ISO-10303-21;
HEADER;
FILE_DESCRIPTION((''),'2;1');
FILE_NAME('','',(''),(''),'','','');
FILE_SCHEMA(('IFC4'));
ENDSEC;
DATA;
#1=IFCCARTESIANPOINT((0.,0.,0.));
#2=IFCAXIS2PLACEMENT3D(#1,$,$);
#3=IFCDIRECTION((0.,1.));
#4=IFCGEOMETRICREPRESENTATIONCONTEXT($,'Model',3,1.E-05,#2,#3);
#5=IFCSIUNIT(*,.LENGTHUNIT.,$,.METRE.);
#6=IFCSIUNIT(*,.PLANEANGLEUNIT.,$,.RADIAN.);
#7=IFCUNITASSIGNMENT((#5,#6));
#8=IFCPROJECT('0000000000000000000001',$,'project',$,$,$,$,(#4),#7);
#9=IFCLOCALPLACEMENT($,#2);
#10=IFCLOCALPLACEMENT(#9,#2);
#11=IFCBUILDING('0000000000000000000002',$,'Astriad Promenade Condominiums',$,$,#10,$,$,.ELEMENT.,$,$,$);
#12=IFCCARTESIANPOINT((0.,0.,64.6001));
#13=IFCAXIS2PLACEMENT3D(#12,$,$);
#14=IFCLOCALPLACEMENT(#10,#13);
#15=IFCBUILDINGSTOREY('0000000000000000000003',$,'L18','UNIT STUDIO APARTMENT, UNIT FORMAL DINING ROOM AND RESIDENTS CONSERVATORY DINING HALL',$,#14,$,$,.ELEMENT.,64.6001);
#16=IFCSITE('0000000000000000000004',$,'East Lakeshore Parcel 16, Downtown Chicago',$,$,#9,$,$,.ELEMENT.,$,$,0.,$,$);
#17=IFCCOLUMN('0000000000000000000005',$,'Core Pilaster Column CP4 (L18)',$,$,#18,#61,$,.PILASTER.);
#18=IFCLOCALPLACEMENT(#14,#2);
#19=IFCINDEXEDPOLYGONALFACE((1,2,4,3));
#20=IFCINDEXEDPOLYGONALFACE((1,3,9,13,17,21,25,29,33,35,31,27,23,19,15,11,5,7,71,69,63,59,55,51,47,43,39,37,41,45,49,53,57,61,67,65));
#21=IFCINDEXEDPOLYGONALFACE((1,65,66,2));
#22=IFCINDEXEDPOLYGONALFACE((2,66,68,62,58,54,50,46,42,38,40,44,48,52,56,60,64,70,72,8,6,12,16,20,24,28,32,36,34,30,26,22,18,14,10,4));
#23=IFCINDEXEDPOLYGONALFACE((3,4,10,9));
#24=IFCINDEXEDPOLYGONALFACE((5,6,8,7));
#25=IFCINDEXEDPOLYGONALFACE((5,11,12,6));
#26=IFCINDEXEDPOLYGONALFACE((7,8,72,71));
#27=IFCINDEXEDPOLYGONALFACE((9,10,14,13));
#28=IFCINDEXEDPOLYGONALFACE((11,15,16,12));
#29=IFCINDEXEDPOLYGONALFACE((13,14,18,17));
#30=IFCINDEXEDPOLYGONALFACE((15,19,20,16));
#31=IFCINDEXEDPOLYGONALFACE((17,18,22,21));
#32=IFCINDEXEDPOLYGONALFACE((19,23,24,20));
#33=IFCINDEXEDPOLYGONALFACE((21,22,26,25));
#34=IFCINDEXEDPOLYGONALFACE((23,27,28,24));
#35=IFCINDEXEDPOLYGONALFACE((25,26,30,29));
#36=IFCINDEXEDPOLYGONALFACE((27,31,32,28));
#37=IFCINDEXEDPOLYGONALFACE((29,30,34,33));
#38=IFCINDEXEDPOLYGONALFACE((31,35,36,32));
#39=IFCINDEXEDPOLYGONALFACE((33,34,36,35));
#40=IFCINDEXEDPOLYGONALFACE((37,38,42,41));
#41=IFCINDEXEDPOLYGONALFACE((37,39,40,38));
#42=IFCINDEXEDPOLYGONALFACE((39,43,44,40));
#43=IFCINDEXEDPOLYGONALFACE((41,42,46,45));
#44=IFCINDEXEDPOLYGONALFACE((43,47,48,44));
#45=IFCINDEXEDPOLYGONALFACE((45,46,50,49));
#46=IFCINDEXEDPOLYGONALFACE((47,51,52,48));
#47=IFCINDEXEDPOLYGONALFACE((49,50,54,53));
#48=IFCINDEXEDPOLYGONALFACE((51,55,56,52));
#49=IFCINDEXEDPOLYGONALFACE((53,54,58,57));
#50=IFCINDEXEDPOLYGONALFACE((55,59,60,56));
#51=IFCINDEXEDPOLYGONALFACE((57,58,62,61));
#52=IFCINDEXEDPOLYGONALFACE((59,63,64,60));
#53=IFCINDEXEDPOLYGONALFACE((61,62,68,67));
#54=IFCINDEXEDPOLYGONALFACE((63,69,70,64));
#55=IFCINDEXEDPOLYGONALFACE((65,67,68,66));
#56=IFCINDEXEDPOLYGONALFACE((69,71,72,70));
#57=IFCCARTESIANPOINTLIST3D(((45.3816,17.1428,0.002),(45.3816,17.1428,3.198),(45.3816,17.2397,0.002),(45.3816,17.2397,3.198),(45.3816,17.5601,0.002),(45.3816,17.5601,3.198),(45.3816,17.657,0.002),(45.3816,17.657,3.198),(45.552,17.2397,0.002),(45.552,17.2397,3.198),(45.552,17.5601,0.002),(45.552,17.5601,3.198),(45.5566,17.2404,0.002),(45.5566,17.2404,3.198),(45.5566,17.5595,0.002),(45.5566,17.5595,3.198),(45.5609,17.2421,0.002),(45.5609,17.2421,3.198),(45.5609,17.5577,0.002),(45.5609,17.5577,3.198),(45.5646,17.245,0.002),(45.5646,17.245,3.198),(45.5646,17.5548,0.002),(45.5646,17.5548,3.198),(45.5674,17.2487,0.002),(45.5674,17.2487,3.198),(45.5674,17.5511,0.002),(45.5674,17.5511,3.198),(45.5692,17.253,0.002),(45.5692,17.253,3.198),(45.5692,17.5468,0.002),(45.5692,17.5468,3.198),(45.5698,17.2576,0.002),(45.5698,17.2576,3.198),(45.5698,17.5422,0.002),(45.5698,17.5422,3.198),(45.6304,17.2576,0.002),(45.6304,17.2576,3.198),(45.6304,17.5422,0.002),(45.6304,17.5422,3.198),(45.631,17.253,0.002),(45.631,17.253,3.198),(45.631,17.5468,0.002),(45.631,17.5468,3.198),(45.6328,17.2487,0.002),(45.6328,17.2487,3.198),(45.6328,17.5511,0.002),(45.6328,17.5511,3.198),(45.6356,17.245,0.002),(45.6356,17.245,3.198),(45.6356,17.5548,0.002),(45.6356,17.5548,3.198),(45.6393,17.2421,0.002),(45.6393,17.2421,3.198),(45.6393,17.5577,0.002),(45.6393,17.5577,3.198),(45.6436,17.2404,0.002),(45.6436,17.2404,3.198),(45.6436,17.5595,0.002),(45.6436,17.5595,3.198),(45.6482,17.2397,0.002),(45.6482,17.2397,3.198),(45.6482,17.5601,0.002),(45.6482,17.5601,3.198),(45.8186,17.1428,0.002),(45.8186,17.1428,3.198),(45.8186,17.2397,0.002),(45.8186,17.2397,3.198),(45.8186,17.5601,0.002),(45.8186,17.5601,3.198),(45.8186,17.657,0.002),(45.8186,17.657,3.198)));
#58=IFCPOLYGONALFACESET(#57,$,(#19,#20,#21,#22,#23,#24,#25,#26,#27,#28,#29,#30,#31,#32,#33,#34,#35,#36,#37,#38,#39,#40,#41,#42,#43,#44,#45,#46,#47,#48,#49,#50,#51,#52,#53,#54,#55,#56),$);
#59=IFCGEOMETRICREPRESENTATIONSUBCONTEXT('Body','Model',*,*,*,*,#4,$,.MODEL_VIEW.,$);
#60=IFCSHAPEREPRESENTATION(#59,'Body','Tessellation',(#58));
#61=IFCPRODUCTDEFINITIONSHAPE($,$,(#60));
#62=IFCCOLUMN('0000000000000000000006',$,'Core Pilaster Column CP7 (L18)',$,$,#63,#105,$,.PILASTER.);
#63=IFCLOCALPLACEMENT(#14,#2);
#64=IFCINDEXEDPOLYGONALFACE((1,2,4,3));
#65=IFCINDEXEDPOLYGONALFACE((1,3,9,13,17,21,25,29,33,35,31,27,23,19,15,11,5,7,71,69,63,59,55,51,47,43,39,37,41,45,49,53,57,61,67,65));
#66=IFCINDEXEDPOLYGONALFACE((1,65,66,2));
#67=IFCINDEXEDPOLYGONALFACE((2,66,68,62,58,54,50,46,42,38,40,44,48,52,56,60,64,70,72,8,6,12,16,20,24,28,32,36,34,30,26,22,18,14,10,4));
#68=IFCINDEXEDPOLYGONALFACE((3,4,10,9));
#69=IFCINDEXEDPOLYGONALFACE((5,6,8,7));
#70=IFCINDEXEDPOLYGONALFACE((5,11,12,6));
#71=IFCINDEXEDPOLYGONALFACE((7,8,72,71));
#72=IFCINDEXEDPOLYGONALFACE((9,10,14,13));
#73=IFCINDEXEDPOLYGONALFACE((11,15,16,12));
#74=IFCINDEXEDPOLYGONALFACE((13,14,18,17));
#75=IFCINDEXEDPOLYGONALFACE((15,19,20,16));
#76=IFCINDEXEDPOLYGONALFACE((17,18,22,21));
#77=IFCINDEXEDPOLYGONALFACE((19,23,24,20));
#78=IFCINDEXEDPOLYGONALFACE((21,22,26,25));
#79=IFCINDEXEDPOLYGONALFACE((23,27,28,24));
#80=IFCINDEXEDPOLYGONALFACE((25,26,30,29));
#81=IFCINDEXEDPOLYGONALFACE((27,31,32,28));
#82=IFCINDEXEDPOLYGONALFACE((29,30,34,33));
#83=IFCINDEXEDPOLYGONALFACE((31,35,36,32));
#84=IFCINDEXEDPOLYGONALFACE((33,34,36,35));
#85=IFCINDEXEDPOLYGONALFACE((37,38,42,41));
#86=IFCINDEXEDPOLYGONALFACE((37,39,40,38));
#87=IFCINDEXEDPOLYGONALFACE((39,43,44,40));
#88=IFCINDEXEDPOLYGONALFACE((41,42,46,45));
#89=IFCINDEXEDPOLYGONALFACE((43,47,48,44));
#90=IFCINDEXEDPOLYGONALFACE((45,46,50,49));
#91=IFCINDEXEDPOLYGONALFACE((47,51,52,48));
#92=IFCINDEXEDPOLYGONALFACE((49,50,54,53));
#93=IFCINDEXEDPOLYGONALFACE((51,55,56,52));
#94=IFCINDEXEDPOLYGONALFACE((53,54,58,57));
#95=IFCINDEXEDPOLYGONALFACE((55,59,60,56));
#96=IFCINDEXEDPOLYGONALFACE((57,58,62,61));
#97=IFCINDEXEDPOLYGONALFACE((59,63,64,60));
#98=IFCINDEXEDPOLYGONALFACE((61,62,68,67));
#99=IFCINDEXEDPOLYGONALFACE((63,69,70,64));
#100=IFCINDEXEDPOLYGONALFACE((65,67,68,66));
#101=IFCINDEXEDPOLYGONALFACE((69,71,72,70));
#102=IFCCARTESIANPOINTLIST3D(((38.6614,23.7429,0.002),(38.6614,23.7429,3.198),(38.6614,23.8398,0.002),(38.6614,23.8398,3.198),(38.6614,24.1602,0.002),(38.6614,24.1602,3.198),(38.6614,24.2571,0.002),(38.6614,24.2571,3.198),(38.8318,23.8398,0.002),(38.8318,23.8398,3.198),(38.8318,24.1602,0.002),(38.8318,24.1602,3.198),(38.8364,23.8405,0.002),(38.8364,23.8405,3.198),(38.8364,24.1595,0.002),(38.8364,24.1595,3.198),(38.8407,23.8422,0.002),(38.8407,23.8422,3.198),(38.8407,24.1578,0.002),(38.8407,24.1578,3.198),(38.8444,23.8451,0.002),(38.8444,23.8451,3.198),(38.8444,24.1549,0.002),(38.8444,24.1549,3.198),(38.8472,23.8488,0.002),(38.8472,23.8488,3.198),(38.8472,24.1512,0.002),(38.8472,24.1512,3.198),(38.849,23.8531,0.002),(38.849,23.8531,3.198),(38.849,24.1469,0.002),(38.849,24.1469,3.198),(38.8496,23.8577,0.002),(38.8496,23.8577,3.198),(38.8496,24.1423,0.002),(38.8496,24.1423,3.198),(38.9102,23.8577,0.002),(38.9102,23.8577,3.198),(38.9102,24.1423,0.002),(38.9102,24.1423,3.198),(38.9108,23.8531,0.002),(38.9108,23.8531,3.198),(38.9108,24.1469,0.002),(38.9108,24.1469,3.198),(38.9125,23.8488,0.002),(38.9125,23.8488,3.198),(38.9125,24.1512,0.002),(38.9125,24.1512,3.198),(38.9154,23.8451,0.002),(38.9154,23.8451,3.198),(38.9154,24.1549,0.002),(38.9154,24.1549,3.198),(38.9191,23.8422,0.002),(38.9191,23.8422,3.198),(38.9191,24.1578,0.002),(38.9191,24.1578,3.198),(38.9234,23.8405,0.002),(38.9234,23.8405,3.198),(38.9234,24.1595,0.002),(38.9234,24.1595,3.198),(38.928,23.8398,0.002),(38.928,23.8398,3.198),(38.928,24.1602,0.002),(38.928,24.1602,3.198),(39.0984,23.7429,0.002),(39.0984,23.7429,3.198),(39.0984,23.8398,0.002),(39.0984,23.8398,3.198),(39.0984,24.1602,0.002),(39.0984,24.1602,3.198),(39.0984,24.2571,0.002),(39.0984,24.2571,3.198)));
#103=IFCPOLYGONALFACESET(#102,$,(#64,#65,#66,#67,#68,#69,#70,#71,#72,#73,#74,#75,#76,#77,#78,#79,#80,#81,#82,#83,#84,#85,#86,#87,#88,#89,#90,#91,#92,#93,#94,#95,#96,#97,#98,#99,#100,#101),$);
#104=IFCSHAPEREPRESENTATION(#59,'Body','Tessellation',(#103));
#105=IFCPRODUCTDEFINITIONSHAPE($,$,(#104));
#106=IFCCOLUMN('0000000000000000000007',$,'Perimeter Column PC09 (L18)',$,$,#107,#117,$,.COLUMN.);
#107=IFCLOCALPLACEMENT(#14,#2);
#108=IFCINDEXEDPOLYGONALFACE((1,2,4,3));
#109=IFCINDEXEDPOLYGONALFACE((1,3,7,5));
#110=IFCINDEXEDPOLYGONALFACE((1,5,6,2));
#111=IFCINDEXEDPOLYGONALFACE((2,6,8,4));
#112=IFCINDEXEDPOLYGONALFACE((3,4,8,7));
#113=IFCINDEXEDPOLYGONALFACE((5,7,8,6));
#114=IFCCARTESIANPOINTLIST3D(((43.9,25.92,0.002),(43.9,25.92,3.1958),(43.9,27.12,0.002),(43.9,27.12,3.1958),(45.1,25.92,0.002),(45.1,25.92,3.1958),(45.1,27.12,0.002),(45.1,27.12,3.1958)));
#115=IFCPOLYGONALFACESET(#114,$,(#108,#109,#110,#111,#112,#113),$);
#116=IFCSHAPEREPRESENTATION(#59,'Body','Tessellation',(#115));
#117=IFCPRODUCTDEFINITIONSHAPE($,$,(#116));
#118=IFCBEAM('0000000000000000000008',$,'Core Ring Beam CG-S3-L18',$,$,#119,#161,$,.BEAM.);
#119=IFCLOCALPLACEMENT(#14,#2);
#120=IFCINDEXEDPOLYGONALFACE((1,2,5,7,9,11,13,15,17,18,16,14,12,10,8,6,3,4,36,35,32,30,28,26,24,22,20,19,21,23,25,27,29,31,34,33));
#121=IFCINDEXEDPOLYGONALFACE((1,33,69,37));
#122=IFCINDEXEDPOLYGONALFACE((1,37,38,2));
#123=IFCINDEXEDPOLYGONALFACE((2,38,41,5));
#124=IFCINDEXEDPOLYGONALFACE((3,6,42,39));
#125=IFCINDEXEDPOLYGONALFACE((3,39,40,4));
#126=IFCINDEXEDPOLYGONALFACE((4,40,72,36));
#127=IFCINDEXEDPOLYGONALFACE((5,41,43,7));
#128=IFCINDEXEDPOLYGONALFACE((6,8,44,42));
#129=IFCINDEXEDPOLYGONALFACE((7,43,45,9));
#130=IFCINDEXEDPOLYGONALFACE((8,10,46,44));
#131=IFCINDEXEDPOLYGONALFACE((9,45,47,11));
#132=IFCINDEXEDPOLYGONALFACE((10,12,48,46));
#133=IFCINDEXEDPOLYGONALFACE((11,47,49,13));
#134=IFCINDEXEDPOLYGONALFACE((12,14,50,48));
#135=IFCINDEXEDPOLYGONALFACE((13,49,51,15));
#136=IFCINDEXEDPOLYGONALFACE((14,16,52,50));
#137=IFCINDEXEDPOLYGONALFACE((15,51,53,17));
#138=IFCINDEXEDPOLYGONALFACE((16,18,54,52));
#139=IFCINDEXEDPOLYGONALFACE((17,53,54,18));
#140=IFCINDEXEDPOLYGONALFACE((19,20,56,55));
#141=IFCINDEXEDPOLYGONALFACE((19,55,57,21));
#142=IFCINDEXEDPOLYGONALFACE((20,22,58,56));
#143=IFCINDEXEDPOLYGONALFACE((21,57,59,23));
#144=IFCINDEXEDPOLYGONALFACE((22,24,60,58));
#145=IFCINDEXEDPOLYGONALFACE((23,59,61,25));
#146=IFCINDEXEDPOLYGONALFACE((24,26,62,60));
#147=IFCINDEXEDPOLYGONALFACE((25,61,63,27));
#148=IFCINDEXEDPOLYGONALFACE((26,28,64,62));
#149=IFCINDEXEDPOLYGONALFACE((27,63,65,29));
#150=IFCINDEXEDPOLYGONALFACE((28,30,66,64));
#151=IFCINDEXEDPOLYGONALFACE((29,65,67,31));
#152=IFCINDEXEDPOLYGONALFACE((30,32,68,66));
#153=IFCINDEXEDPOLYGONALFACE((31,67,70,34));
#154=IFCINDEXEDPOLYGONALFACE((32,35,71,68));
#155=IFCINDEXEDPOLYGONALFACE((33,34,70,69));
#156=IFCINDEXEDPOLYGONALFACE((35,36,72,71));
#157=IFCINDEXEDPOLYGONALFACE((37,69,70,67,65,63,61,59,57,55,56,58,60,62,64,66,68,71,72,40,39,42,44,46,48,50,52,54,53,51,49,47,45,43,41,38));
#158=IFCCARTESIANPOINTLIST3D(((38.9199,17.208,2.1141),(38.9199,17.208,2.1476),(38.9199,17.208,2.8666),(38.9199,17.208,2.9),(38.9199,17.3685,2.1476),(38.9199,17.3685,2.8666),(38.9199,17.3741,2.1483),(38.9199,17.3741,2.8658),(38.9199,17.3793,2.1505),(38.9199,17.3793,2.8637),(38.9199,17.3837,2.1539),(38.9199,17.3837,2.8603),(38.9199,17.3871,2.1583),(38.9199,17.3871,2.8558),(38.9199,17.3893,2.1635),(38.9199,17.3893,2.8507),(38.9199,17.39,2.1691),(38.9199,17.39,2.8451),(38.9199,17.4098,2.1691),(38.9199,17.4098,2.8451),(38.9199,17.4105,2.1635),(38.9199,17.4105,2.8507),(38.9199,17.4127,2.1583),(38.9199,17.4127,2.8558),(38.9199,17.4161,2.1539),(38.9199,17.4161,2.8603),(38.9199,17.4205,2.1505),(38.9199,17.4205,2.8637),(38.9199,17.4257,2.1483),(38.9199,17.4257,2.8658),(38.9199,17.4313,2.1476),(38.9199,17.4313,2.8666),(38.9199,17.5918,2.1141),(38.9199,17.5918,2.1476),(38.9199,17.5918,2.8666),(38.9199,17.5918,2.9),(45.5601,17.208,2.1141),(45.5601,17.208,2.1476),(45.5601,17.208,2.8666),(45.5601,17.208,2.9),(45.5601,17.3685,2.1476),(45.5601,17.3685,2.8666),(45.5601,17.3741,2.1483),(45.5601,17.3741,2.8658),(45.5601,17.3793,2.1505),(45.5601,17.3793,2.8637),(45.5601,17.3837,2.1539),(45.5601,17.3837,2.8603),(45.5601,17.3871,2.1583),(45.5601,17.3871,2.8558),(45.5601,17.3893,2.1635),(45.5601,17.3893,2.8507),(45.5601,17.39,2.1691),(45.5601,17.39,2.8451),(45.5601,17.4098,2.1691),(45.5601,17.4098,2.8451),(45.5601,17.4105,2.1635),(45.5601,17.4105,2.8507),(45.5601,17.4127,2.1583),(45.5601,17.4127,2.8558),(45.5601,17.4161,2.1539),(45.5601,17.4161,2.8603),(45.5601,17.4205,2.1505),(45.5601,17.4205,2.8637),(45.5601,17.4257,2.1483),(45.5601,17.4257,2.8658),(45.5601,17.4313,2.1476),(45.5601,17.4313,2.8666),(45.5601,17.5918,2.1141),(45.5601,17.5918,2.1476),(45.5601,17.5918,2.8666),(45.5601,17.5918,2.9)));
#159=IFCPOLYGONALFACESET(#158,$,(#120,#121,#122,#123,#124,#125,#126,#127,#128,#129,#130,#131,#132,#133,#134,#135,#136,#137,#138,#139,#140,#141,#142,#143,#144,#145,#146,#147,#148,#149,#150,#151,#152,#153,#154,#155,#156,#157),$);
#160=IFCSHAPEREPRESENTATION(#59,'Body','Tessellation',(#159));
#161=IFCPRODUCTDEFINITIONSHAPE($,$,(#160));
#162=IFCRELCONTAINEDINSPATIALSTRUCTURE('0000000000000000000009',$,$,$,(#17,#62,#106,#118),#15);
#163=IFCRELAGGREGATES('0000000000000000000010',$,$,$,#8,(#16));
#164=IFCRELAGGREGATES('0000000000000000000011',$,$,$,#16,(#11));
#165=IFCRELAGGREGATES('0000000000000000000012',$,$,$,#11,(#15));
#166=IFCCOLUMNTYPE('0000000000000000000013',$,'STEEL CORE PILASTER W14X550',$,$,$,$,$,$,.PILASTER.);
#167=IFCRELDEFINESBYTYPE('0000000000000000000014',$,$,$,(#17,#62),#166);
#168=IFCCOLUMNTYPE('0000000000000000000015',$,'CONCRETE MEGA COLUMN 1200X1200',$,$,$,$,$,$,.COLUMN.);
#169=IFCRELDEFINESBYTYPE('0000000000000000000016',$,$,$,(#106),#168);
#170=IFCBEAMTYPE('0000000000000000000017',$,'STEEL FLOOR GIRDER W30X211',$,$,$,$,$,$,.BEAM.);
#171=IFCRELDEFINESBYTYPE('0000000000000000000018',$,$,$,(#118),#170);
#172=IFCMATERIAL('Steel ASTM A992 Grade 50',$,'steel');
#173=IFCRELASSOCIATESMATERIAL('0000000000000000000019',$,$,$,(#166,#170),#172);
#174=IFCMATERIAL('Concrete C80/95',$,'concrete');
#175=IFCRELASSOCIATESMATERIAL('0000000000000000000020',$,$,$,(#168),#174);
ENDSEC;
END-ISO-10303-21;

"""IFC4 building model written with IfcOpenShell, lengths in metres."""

from ifc_helpers import new_model, si_unit, direction, frame, origin, origin_2d, place, context, subcontext, project, spatial, rectangle, i_section, extrude, source, transform, mapped, material, material_profile, profile_set, type_object, type_shapes, element, save


model = new_model("IFC4")

# Units and contexts
model_context = context("Model", 3, precision=1e-05, world=origin(), true_north=direction((0.0, 1.0)))
body_context = subcontext(model_context, "Body", "Model", "MODEL_VIEW")
ifc_project = project(units=[si_unit("LENGTHUNIT", "METRE"), si_unit("PLANEANGLEUNIT", "RADIAN")], contexts=[model_context])

# Site, building, storey
site_placement = place(None, origin())
site = spatial("IfcSite", under=ifc_project, at=site_placement, Name="East Lakeshore Parcel 16, Downtown Chicago", CompositionType="ELEMENT", RefElevation=0.0)
building_placement = place(site_placement, origin())
building = spatial("IfcBuilding", under=site, at=building_placement, Name="Astriad Promenade Condominiums", CompositionType="ELEMENT")
storey_placement = place(building_placement, frame((0.0, 0.0, 64.6001)))
storey = spatial("IfcBuildingStorey", under=building, at=storey_placement, Name="L18", Description="UNIT STUDIO APARTMENT, UNIT FORMAL DINING ROOM AND RESIDENTS CONSERVATORY DINING HALL", CompositionType="ELEMENT", Elevation=64.6001)

# Columns
ifc_material_1 = material(Name="Steel ASTM A992 Grade 50", Category="steel")
ifc_material_profile_1 = material_profile(ifc_material_1, i_section(OverallWidth=0.437, OverallDepth=0.5142, WebThickness=0.0605, FlangeThickness=0.0969, FilletRadius=0.0178, at=origin_2d()), Name="W14X550")
ifc_profile_set_1 = profile_set([ifc_material_profile_1], Name="Steel ASTM A992 Grade 50")
column_type_1 = type_object("IfcColumnType", Name="STEEL CORE PILASTER W14X550", PredefinedType="PILASTER", material=ifc_profile_set_1)
shared_shape_1 = source(origin(), body_context, "Body", "SweptSolid", [
    extrude(i_section(OverallWidth=0.437, OverallDepth=0.5142, WebThickness=0.0605, FlangeThickness=0.0969, FilletRadius=0.0178, at=origin_2d()), origin(), (0.0, 0.0, 1.0), 3.196),
])
type_shapes(column_type_1, [shared_shape_1])
for number, where, z_axis, x_axis, name in (
    (1, (45.6001, 17.3999, 0.002), (0.0, 0.0, 1.0), (1.0, 0.0, 0.0), "Core Pilaster Column CP4 (L18)"),
    (2, (38.8799, 24.0, 0.002), (0.0, 0.0, 1.0), (1.0, 0.0, 0.0), "Core Pilaster Column CP7 (L18)"),
):
    element("IfcColumn", number, at=place(storey_placement, frame(where, z_axis=z_axis, x_axis=x_axis)), inside=storey, type_object=column_type_1, Name=name, PredefinedType="PILASTER", context=body_context, shape_type="MappedRepresentation", body=[
        mapped(shared_shape_1, transform((0.0, 0.0, 0.0), scale=1.0)),
    ])
ifc_material_2 = material(Name="Concrete C80/95", Category="concrete")
ifc_material_profile_2 = material_profile(ifc_material_2, rectangle(XDim=1.2, YDim=1.2, at=origin_2d()), Name="RC-COL-1200X1200")
ifc_profile_set_2 = profile_set([ifc_material_profile_2], Name="Concrete C80/95")
column_type_2 = type_object("IfcColumnType", Name="CONCRETE MEGA COLUMN 1200X1200", PredefinedType="COLUMN", material=ifc_profile_set_2)
shared_shape_2 = source(origin(), body_context, "Body", "SweptSolid", [
    extrude(rectangle(XDim=1.2, YDim=1.2, at=origin_2d()), origin(), (0.0, 0.0, 1.0), 3.1938),
])
type_shapes(column_type_2, [shared_shape_2])
column_placement = place(storey_placement, frame((44.5, 26.52, 0.002), z_axis=(0.0, 0.0, 1.0), x_axis=(1.0, 0.0, 0.0)))
element("IfcColumn", 3, at=column_placement, inside=storey, type_object=column_type_2, Name="Perimeter Column PC09 (L18)", PredefinedType="COLUMN", context=body_context, shape_type="MappedRepresentation", body=[
    mapped(shared_shape_2, transform((0.0, 0.0, 0.0), scale=1.0)),
])

# Beam
ifc_material_profile_3 = material_profile(ifc_material_1, i_section(OverallWidth=0.3838, OverallDepth=0.7859, WebThickness=0.0198, FlangeThickness=0.0334, FilletRadius=0.0215, at=origin_2d()), Name="W30X211")
ifc_profile_set_3 = profile_set([ifc_material_profile_3], Name="Steel ASTM A992 Grade 50")
beam_type_1 = type_object("IfcBeamType", Name="STEEL FLOOR GIRDER W30X211", PredefinedType="BEAM", material=ifc_profile_set_3)
shared_shape_3 = source(origin(), body_context, "Body", "SweptSolid", [
    extrude(i_section(OverallWidth=0.3838, OverallDepth=0.7859, WebThickness=0.0198, FlangeThickness=0.0334, FilletRadius=0.0215, at=origin_2d()), origin(), (0.0, 0.0, 1.0), 6.6401),
])
type_shapes(beam_type_1, [shared_shape_3])
beam_1_placement = place(storey_placement, frame((38.9199, 17.3999, 2.5071), z_axis=(1.0, 0.0, 0.0), x_axis=(0.0, 1.0, 0.0)))
element("IfcBeam", 4, at=beam_1_placement, inside=storey, type_object=beam_type_1, Name="Core Ring Beam CG-S3-L18", PredefinedType="BEAM", context=body_context, shape_type="MappedRepresentation", body=[
    mapped(shared_shape_3, transform((0.0, 0.0, 0.0), scale=1.0)),
])

save(model, "model.ifc")
